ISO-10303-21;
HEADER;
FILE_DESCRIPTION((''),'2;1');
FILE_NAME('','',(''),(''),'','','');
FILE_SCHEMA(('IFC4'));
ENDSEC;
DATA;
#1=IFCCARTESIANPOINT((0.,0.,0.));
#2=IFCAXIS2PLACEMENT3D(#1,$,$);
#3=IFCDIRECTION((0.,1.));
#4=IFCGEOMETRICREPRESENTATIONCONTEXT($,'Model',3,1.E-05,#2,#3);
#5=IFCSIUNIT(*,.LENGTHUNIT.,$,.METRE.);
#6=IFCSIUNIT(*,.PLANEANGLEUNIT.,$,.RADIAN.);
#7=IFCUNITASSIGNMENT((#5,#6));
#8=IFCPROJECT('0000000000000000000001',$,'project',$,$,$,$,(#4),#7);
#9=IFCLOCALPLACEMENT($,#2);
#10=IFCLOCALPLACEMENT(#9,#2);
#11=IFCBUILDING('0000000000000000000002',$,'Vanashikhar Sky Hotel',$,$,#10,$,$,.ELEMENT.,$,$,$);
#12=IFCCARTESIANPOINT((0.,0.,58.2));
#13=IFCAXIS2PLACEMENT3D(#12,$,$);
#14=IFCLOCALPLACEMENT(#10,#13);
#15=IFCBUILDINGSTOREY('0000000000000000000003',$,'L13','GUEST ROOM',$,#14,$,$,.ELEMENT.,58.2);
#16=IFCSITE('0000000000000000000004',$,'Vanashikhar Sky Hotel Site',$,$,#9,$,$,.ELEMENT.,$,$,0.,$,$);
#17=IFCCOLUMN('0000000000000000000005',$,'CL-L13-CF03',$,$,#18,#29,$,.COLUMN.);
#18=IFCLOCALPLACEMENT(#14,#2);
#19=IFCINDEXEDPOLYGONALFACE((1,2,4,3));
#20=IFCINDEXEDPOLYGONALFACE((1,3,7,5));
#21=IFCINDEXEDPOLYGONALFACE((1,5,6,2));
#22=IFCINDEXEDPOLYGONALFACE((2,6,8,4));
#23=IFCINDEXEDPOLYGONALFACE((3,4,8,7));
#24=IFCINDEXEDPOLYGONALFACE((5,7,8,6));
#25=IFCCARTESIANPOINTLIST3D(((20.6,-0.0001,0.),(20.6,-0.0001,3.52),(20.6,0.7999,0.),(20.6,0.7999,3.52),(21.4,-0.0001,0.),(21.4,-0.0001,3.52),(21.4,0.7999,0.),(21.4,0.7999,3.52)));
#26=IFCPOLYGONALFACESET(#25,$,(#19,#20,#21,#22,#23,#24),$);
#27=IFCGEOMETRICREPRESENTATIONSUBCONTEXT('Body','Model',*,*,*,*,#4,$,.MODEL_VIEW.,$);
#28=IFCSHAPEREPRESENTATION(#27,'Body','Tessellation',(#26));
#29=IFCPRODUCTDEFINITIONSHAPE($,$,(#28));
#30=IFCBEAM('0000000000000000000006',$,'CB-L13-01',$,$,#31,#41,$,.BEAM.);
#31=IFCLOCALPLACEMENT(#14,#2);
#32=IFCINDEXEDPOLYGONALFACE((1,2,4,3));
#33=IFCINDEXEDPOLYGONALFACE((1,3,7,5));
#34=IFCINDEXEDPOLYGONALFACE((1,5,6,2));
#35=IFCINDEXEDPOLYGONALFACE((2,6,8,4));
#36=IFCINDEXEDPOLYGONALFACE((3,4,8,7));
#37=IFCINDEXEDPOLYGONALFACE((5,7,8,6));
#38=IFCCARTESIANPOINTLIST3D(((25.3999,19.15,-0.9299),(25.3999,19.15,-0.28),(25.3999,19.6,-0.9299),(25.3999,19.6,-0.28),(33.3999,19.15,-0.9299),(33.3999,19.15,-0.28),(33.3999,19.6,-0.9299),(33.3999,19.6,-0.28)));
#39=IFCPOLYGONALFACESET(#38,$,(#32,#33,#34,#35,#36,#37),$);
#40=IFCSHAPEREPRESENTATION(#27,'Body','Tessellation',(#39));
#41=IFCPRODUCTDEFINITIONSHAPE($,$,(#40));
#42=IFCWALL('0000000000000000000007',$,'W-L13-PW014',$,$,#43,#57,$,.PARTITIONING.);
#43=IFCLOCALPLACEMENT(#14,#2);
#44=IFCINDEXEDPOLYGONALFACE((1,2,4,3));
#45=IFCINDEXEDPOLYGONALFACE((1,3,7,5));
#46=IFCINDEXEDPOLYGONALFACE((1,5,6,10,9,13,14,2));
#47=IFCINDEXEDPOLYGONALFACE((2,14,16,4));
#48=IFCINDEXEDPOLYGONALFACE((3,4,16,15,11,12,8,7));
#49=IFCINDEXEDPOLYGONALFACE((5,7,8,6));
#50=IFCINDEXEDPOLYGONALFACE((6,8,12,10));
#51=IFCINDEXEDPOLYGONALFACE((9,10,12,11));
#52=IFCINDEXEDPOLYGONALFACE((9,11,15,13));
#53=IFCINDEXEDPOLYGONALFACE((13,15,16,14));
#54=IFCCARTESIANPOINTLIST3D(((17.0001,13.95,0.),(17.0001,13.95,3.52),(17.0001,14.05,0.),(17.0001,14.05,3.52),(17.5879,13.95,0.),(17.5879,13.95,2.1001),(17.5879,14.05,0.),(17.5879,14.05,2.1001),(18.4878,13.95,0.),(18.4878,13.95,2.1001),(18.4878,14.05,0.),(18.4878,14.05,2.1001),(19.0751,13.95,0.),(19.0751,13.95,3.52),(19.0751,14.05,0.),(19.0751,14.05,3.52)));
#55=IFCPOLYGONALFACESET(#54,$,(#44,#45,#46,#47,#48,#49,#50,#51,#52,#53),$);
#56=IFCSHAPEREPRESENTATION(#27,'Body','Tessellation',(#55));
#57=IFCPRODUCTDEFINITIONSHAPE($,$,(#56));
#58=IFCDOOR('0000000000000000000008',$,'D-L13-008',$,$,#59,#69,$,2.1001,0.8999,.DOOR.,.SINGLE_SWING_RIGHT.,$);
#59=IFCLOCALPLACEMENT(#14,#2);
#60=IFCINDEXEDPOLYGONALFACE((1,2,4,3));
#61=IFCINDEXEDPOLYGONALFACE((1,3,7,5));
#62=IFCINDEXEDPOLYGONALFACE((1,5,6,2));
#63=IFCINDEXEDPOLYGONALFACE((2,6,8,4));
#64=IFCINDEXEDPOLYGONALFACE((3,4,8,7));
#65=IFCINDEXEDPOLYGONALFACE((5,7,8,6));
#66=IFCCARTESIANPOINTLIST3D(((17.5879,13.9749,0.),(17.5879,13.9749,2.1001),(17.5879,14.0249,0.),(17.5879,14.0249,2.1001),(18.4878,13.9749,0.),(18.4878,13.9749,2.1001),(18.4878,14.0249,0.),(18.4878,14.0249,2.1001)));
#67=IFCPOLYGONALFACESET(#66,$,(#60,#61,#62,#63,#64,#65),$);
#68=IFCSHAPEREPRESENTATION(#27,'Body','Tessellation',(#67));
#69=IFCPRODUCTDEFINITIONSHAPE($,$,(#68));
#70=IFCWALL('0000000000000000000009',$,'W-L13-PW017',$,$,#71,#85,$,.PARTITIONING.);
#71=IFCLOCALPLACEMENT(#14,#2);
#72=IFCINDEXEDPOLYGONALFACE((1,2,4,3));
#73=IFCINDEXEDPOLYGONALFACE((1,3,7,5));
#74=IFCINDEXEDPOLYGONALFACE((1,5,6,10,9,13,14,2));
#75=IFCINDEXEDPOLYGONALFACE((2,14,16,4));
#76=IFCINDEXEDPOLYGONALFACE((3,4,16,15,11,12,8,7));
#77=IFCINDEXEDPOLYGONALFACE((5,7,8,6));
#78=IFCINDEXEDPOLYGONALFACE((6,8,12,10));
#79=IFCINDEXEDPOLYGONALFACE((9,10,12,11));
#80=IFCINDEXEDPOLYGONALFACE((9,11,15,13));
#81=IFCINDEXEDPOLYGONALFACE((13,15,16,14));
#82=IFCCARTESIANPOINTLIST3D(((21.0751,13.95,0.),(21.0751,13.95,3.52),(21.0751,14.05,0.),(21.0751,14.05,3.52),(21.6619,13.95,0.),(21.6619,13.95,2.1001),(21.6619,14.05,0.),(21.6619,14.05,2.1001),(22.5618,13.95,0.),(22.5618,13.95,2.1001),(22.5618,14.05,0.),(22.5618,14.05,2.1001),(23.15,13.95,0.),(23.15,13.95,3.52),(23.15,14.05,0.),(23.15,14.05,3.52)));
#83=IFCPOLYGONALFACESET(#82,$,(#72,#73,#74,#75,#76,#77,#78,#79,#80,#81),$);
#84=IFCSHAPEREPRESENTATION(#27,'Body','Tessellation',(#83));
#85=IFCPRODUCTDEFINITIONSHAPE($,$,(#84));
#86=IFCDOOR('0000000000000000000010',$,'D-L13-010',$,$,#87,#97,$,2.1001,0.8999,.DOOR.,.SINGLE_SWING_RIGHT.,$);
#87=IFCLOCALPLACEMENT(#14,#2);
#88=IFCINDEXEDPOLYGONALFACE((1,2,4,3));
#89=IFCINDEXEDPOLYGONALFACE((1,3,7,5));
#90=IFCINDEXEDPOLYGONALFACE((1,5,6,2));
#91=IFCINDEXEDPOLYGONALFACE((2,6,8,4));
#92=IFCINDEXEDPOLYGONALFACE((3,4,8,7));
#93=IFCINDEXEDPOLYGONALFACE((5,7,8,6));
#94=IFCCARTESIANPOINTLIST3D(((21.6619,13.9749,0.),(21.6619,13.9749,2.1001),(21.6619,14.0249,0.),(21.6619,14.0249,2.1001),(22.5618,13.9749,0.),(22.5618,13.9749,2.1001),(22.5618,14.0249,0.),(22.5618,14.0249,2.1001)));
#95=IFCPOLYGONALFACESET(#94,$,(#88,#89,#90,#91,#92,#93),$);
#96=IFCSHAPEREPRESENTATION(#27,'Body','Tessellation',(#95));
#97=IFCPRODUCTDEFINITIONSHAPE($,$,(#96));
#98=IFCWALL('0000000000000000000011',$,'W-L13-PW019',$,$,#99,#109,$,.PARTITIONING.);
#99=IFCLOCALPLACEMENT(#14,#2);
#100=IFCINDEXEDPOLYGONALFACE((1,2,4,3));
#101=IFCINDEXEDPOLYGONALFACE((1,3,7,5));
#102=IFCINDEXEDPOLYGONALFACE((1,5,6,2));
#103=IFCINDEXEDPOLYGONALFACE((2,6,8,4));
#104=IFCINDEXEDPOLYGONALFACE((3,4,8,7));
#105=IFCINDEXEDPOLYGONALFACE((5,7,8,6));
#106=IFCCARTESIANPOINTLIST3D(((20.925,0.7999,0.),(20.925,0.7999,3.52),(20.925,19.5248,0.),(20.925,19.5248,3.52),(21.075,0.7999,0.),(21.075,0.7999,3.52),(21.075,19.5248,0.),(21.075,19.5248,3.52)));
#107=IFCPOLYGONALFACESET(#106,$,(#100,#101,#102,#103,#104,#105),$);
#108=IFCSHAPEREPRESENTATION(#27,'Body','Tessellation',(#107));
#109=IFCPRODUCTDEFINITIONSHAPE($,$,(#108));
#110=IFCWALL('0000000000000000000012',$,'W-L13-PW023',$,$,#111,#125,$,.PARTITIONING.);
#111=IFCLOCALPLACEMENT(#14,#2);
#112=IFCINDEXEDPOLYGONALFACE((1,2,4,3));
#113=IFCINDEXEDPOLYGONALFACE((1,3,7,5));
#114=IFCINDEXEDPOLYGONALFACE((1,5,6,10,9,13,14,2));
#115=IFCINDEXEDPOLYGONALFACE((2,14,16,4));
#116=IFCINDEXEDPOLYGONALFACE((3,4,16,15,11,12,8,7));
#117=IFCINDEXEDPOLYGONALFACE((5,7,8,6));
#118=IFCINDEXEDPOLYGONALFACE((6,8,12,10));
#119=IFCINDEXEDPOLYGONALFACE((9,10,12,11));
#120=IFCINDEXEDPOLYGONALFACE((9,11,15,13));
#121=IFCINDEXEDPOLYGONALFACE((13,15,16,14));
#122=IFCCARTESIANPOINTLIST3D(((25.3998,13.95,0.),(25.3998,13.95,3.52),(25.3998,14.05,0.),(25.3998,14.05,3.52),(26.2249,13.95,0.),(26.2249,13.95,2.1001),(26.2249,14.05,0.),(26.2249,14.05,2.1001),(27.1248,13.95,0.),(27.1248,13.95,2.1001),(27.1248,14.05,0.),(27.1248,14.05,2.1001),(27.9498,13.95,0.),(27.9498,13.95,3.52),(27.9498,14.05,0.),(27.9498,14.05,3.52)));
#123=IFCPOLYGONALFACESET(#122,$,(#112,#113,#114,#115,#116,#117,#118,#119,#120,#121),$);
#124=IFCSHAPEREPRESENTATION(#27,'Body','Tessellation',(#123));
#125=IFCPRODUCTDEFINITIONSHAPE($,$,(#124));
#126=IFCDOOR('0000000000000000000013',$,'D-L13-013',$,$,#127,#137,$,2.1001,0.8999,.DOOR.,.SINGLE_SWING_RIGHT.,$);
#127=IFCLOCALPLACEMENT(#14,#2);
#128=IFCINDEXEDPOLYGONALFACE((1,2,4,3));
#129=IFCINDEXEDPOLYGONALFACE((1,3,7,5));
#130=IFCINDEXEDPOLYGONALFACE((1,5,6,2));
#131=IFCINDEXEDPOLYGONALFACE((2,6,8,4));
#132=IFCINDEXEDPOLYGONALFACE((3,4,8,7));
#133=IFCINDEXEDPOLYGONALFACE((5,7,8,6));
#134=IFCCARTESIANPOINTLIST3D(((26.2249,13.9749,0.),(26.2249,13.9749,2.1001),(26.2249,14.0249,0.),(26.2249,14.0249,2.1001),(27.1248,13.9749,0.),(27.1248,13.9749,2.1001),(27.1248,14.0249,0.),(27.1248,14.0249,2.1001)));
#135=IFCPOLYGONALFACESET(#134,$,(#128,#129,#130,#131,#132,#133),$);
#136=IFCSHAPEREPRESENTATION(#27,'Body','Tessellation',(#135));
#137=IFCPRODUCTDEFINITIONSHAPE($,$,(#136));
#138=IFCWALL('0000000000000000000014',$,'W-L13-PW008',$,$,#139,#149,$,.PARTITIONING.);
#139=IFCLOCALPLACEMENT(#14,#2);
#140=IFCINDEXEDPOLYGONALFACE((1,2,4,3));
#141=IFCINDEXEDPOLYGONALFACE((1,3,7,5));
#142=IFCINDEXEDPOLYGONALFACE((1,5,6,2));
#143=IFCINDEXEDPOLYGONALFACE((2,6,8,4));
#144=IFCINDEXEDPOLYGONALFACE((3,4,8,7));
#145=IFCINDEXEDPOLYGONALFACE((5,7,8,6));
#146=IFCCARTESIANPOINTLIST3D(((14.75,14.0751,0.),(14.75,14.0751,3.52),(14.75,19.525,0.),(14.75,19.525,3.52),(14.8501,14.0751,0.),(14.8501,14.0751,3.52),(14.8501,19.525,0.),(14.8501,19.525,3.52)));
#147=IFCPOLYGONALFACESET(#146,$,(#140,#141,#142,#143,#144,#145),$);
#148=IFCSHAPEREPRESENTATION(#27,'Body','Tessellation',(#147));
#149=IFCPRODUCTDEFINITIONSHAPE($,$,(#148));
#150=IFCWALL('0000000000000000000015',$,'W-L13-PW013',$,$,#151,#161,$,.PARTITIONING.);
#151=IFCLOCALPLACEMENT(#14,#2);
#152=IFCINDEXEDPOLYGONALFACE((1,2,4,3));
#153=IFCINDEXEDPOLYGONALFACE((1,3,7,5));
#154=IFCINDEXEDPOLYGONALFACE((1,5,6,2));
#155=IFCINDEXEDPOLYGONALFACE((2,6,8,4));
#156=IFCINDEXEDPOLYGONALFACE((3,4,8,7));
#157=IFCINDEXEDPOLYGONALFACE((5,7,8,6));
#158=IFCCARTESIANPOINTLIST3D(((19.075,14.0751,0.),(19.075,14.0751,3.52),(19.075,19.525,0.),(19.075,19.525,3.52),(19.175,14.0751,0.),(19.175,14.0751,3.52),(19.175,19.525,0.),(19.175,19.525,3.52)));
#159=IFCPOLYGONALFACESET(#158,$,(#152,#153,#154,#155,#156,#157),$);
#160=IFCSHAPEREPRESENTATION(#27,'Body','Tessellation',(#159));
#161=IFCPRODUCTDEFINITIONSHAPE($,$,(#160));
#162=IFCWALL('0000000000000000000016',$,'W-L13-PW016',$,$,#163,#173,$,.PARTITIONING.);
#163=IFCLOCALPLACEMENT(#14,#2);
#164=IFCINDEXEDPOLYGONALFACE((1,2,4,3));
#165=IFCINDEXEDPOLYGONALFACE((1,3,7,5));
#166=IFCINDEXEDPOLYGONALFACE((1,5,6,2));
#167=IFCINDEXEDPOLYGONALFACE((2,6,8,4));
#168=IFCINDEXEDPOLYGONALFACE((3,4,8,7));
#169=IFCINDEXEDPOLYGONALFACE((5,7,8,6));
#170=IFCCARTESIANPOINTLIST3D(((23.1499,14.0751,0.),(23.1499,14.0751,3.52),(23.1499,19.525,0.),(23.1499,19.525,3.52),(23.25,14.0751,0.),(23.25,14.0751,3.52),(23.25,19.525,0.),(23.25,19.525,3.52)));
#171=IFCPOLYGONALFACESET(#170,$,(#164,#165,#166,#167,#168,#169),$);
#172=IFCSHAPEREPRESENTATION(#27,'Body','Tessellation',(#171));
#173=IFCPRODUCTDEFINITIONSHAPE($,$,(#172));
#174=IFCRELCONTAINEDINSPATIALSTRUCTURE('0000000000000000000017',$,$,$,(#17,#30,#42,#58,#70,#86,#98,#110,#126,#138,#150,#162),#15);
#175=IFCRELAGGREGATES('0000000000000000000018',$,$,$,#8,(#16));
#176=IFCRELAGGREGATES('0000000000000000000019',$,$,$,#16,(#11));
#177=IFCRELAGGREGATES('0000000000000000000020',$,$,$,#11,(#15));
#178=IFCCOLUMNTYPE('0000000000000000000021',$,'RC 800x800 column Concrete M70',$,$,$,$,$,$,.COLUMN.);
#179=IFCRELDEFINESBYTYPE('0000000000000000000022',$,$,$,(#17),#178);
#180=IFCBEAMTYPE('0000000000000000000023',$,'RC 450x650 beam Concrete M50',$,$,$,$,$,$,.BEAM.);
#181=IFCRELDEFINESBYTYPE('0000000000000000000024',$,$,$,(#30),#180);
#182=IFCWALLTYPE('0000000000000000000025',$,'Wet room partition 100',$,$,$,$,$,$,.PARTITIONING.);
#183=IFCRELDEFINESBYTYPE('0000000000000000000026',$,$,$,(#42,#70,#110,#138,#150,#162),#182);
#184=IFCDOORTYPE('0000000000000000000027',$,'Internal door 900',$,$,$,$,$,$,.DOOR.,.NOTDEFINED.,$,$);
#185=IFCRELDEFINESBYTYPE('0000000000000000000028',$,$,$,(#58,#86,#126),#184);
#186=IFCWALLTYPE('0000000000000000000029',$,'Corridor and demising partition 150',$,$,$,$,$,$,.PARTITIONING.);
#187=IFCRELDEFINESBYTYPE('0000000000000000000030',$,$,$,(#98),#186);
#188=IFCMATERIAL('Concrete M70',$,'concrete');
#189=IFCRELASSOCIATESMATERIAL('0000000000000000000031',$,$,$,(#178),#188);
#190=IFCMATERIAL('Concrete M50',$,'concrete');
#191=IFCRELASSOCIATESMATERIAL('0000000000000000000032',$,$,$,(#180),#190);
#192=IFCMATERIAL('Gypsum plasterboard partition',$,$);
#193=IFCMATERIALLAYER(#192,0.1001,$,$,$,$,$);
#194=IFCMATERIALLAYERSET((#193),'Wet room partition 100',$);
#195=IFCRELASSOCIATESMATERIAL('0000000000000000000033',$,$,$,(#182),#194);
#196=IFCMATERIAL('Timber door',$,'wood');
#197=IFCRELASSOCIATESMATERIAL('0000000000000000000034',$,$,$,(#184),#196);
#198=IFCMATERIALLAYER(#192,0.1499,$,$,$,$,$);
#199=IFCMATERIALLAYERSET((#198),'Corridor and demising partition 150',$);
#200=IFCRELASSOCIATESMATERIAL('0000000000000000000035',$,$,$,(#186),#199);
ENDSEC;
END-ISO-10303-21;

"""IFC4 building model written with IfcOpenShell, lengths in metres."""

from ifc_helpers import new_model, si_unit, direction, frame, frame_2d, origin, origin_2d, place, context, subcontext, project, spatial, rectangle, extrude, source, transform, mapped, material, layer, layer_set, material_profile, profile_set, type_object, element, fill, save


model = new_model("IFC4")

# Units and contexts
model_context = context("Model", 3, precision=1e-05, world=origin(), true_north=direction((0.0, 1.0)))
body_context = subcontext(model_context, "Body", "Model", "MODEL_VIEW")
ifc_project = project(units=[si_unit("LENGTHUNIT", "METRE"), si_unit("PLANEANGLEUNIT", "RADIAN")], contexts=[model_context])

# Site, building, storey
site_placement = place(None, origin())
site = spatial("IfcSite", under=ifc_project, at=site_placement, Name="Vanashikhar Sky Hotel Site", CompositionType="ELEMENT", RefElevation=0.0)
building_placement = place(site_placement, origin())
building = spatial("IfcBuilding", under=site, at=building_placement, Name="Vanashikhar Sky Hotel", CompositionType="ELEMENT")
storey_placement = place(building_placement, frame((0.0, 0.0, 58.2)))
storey = spatial("IfcBuildingStorey", under=building, at=storey_placement, Name="L13", Description="GUEST ROOM", CompositionType="ELEMENT", Elevation=58.2)

# Column
ifc_material_1 = material(Name="Concrete M70", Category="concrete")
ifc_material_profile_1 = material_profile(ifc_material_1, rectangle(XDim=0.8, YDim=0.8, at=origin_2d()))
ifc_profile_set_1 = profile_set([ifc_material_profile_1], Name="RC 800x800 column Concrete M70")
column_type = type_object("IfcColumnType", Name="RC 800x800 column Concrete M70", PredefinedType="COLUMN", material=ifc_profile_set_1)
shared_shape_1 = source(origin(), body_context, "Body", "SweptSolid", [
    extrude(rectangle(XDim=0.8, YDim=0.8, at=origin_2d()), origin(), (0.0, 0.0, 1.0), 3.52),
])
column_placement = place(storey_placement, frame((21.0, 0.3999, 0.0), z_axis=(0.0, 0.0, 1.0), x_axis=(1.0, 0.0, 0.0)))
element("IfcColumn", 1, at=column_placement, inside=storey, type_object=column_type, Name="CL-L13-CF03", PredefinedType="COLUMN", context=body_context, shape_type="MappedRepresentation", body=[
    mapped(shared_shape_1, transform((0.0, 0.0, 0.0), scale=1.0)),
])

# Beam
ifc_material_2 = material(Name="Concrete M50", Category="concrete")
ifc_material_profile_2 = material_profile(ifc_material_2, rectangle(XDim=0.45, YDim=0.6499, at=origin_2d()))
ifc_profile_set_2 = profile_set([ifc_material_profile_2], Name="RC 450x650 beam Concrete M50")
beam_type = type_object("IfcBeamType", Name="RC 450x650 beam Concrete M50", PredefinedType="BEAM", material=ifc_profile_set_2)
shared_shape_2 = source(origin(), body_context, "Body", "SweptSolid", [
    extrude(rectangle(XDim=0.45, YDim=0.6499, at=origin_2d()), origin(), (0.0, 0.0, 1.0), 8.0),
])
beam_placement = place(storey_placement, frame((25.3999, 19.375, -0.605), z_axis=(1.0, 0.0, 0.0), x_axis=(0.0, 1.0, 0.0)))
element("IfcBeam", 2, at=beam_placement, inside=storey, type_object=beam_type, Name="CB-L13-01", PredefinedType="BEAM", context=body_context, shape_type="MappedRepresentation", body=[
    mapped(shared_shape_2, transform((0.0, 0.0, 0.0), scale=1.0)),
])

# Walls, openings, doors
ifc_material_3 = material(Name="Gypsum plasterboard partition")
ifc_layer_1 = layer(ifc_material_3, 0.1001)
ifc_layer_set_1 = layer_set([ifc_layer_1], Name="Wet room partition 100")
wall_type_1 = type_object("IfcWallType", Name="Wet room partition 100", PredefinedType="PARTITIONING", material=ifc_layer_set_1)
shared_shape_3 = source(origin(), body_context, "Body", "SweptSolid", [
    extrude(rectangle(XDim=2.075, YDim=0.1001, at=frame_2d((1.0376, 0.0))), origin(), (0.0, 0.0, 1.0), 3.52),
])
wall_1_placement = place(storey_placement, frame((17.0, 14.0, 0.0), z_axis=(0.0, 0.0, 1.0), x_axis=(1.0, 0.0, 0.0)))
wall_1 = element("IfcWall", 3, at=wall_1_placement, inside=storey, type_object=wall_type_1, Name="W-L13-PW014", PredefinedType="PARTITIONING", context=body_context, shape_type="MappedRepresentation", body=[
    mapped(shared_shape_3, transform((0.0, 0.0, 0.0), scale=1.0)),
])
shared_shape_4 = source(origin(), body_context, "Body", "SweptSolid", [
    extrude(rectangle(XDim=0.8999, YDim=2.1001, at=frame_2d((0.45, 1.05))), frame((0.0, 0.0601, 0.0), z_axis=(0.0, -1.0, 0.0), x_axis=(1.0, 0.0, 0.0)), (0.0, 0.0, 1.0), 0.1201),
])
opening_1_placement = place(wall_1_placement, frame((0.5879, 0.0, 0.0)))
opening_1 = element("IfcOpeningElement", 4, at=opening_1_placement, cuts=wall_1, PredefinedType="OPENING", context=body_context, shape_type="MappedRepresentation", body=[
    mapped(shared_shape_4, transform((0.0, 0.0, 0.0), scale=1.0)),
])
ifc_material_4 = material(Name="Timber door", Category="wood")
door_type_1 = type_object("IfcDoorType", Name="Internal door 900", OperationType="NOTDEFINED", PredefinedType="DOOR", material=ifc_material_4)
shared_shape_5 = source(origin(), body_context, "Body", "SweptSolid", [
    extrude(rectangle(XDim=0.8999, YDim=2.1001, at=frame_2d((0.45, 1.05))), frame((0.0, 0.0249, 0.0), z_axis=(0.0, -1.0, 0.0), x_axis=(1.0, 0.0, 0.0)), (0.0, 0.0, 1.0), 0.05),
])
door_1_placement = place(opening_1_placement, origin())
door_1 = element("IfcDoor", 5, at=door_1_placement, inside=storey, type_object=door_type_1, Name="D-L13-008", OperationType="SINGLE_SWING_RIGHT", OverallHeight=2.1001, OverallWidth=0.8999, PredefinedType="DOOR", context=body_context, shape_type="MappedRepresentation", body=[
    mapped(shared_shape_5, transform((0.0, 0.0, 0.0), scale=1.0)),
])
fill(opening_1, door_1)
wall_2_placement = place(storey_placement, frame((21.075, 14.0, 0.0), z_axis=(0.0, 0.0, 1.0), x_axis=(1.0, 0.0, 0.0)))
wall_2 = element("IfcWall", 6, at=wall_2_placement, inside=storey, type_object=wall_type_1, Name="W-L13-PW017", PredefinedType="PARTITIONING", context=body_context, shape_type="MappedRepresentation", body=[
    mapped(shared_shape_3, transform((0.0, 0.0, 0.0), scale=1.0)),
])
opening_2_placement = place(wall_2_placement, frame((0.5869, 0.0, 0.0)))
opening_2 = element("IfcOpeningElement", 7, at=opening_2_placement, cuts=wall_2, PredefinedType="OPENING", context=body_context, shape_type="MappedRepresentation", body=[
    mapped(shared_shape_4, transform((0.0, 0.0, 0.0), scale=1.0)),
])
door_2_placement = place(opening_2_placement, origin())
door_2 = element("IfcDoor", 8, at=door_2_placement, inside=storey, type_object=door_type_1, Name="D-L13-010", OperationType="SINGLE_SWING_RIGHT", OverallHeight=2.1001, OverallWidth=0.8999, PredefinedType="DOOR", context=body_context, shape_type="MappedRepresentation", body=[
    mapped(shared_shape_5, transform((0.0, 0.0, 0.0), scale=1.0)),
])
fill(opening_2, door_2)

# Wall
ifc_layer_2 = layer(ifc_material_3, 0.1499)
ifc_layer_set_2 = layer_set([ifc_layer_2], Name="Corridor and demising partition 150")
wall_type_2 = type_object("IfcWallType", Name="Corridor and demising partition 150", PredefinedType="PARTITIONING", material=ifc_layer_set_2)
shared_shape_6 = source(origin(), body_context, "Body", "SweptSolid", [
    extrude(rectangle(XDim=18.7249, YDim=0.1499, at=frame_2d((9.3623, 0.0))), origin(), (0.0, 0.0, 1.0), 3.52),
])
wall_3_placement = place(storey_placement, frame((21.0, 0.8, 0.0), z_axis=(0.0, 0.0, 1.0), x_axis=(0.0, 1.0, 0.0)))
element("IfcWall", 9, at=wall_3_placement, inside=storey, type_object=wall_type_2, Name="W-L13-PW019", PredefinedType="PARTITIONING", context=body_context, shape_type="MappedRepresentation", body=[
    mapped(shared_shape_6, transform((0.0, 0.0, 0.0), scale=1.0)),
])

# Wall, opening, door
shared_shape_7 = source(origin(), body_context, "Body", "SweptSolid", [
    extrude(rectangle(XDim=2.55, YDim=0.1001, at=frame_2d((1.2749, 0.0))), origin(), (0.0, 0.0, 1.0), 3.52),
])
wall_4_placement = place(storey_placement, frame((25.3999, 14.0, 0.0), z_axis=(0.0, 0.0, 1.0), x_axis=(1.0, 0.0, 0.0)))
wall_4 = element("IfcWall", 10, at=wall_4_placement, inside=storey, type_object=wall_type_1, Name="W-L13-PW023", PredefinedType="PARTITIONING", context=body_context, shape_type="MappedRepresentation", body=[
    mapped(shared_shape_7, transform((0.0, 0.0, 0.0), scale=1.0)),
])
opening_3_placement = place(wall_4_placement, frame((0.825, 0.0, 0.0)))
opening_3 = element("IfcOpeningElement", 11, at=opening_3_placement, cuts=wall_4, PredefinedType="OPENING", context=body_context, shape_type="MappedRepresentation", body=[
    mapped(shared_shape_4, transform((0.0, 0.0, 0.0), scale=1.0)),
])
door_3_placement = place(opening_3_placement, origin())
door_3 = element("IfcDoor", 12, at=door_3_placement, inside=storey, type_object=door_type_1, Name="D-L13-013", OperationType="SINGLE_SWING_RIGHT", OverallHeight=2.1001, OverallWidth=0.8999, PredefinedType="DOOR", context=body_context, shape_type="MappedRepresentation", body=[
    mapped(shared_shape_5, transform((0.0, 0.0, 0.0), scale=1.0)),
])
fill(opening_3, door_3)

# Walls
shared_shape_8 = source(origin(), body_context, "Body", "SweptSolid", [
    extrude(rectangle(XDim=5.45, YDim=0.1001, at=frame_2d((2.7251, 0.0))), origin(), (0.0, 0.0, 1.0), 3.52),
])
for number, where, z_axis, x_axis, name in (
    (13, (14.8, 14.075, 0.0), (0.0, 0.0, 1.0), (0.0, 1.0, 0.0), "W-L13-PW008"),
    (14, (19.125, 14.075, 0.0), (0.0, 0.0, 1.0), (0.0, 1.0, 0.0), "W-L13-PW013"),
    (15, (23.2, 14.075, 0.0), (0.0, 0.0, 1.0), (0.0, 1.0, 0.0), "W-L13-PW016"),
):
    element("IfcWall", number, at=place(storey_placement, frame(where, z_axis=z_axis, x_axis=x_axis)), inside=storey, type_object=wall_type_1, Name=name, PredefinedType="PARTITIONING", context=body_context, shape_type="MappedRepresentation", body=[
        mapped(shared_shape_8, transform((0.0, 0.0, 0.0), scale=1.0)),
    ])

save(model, "model.ifc")
